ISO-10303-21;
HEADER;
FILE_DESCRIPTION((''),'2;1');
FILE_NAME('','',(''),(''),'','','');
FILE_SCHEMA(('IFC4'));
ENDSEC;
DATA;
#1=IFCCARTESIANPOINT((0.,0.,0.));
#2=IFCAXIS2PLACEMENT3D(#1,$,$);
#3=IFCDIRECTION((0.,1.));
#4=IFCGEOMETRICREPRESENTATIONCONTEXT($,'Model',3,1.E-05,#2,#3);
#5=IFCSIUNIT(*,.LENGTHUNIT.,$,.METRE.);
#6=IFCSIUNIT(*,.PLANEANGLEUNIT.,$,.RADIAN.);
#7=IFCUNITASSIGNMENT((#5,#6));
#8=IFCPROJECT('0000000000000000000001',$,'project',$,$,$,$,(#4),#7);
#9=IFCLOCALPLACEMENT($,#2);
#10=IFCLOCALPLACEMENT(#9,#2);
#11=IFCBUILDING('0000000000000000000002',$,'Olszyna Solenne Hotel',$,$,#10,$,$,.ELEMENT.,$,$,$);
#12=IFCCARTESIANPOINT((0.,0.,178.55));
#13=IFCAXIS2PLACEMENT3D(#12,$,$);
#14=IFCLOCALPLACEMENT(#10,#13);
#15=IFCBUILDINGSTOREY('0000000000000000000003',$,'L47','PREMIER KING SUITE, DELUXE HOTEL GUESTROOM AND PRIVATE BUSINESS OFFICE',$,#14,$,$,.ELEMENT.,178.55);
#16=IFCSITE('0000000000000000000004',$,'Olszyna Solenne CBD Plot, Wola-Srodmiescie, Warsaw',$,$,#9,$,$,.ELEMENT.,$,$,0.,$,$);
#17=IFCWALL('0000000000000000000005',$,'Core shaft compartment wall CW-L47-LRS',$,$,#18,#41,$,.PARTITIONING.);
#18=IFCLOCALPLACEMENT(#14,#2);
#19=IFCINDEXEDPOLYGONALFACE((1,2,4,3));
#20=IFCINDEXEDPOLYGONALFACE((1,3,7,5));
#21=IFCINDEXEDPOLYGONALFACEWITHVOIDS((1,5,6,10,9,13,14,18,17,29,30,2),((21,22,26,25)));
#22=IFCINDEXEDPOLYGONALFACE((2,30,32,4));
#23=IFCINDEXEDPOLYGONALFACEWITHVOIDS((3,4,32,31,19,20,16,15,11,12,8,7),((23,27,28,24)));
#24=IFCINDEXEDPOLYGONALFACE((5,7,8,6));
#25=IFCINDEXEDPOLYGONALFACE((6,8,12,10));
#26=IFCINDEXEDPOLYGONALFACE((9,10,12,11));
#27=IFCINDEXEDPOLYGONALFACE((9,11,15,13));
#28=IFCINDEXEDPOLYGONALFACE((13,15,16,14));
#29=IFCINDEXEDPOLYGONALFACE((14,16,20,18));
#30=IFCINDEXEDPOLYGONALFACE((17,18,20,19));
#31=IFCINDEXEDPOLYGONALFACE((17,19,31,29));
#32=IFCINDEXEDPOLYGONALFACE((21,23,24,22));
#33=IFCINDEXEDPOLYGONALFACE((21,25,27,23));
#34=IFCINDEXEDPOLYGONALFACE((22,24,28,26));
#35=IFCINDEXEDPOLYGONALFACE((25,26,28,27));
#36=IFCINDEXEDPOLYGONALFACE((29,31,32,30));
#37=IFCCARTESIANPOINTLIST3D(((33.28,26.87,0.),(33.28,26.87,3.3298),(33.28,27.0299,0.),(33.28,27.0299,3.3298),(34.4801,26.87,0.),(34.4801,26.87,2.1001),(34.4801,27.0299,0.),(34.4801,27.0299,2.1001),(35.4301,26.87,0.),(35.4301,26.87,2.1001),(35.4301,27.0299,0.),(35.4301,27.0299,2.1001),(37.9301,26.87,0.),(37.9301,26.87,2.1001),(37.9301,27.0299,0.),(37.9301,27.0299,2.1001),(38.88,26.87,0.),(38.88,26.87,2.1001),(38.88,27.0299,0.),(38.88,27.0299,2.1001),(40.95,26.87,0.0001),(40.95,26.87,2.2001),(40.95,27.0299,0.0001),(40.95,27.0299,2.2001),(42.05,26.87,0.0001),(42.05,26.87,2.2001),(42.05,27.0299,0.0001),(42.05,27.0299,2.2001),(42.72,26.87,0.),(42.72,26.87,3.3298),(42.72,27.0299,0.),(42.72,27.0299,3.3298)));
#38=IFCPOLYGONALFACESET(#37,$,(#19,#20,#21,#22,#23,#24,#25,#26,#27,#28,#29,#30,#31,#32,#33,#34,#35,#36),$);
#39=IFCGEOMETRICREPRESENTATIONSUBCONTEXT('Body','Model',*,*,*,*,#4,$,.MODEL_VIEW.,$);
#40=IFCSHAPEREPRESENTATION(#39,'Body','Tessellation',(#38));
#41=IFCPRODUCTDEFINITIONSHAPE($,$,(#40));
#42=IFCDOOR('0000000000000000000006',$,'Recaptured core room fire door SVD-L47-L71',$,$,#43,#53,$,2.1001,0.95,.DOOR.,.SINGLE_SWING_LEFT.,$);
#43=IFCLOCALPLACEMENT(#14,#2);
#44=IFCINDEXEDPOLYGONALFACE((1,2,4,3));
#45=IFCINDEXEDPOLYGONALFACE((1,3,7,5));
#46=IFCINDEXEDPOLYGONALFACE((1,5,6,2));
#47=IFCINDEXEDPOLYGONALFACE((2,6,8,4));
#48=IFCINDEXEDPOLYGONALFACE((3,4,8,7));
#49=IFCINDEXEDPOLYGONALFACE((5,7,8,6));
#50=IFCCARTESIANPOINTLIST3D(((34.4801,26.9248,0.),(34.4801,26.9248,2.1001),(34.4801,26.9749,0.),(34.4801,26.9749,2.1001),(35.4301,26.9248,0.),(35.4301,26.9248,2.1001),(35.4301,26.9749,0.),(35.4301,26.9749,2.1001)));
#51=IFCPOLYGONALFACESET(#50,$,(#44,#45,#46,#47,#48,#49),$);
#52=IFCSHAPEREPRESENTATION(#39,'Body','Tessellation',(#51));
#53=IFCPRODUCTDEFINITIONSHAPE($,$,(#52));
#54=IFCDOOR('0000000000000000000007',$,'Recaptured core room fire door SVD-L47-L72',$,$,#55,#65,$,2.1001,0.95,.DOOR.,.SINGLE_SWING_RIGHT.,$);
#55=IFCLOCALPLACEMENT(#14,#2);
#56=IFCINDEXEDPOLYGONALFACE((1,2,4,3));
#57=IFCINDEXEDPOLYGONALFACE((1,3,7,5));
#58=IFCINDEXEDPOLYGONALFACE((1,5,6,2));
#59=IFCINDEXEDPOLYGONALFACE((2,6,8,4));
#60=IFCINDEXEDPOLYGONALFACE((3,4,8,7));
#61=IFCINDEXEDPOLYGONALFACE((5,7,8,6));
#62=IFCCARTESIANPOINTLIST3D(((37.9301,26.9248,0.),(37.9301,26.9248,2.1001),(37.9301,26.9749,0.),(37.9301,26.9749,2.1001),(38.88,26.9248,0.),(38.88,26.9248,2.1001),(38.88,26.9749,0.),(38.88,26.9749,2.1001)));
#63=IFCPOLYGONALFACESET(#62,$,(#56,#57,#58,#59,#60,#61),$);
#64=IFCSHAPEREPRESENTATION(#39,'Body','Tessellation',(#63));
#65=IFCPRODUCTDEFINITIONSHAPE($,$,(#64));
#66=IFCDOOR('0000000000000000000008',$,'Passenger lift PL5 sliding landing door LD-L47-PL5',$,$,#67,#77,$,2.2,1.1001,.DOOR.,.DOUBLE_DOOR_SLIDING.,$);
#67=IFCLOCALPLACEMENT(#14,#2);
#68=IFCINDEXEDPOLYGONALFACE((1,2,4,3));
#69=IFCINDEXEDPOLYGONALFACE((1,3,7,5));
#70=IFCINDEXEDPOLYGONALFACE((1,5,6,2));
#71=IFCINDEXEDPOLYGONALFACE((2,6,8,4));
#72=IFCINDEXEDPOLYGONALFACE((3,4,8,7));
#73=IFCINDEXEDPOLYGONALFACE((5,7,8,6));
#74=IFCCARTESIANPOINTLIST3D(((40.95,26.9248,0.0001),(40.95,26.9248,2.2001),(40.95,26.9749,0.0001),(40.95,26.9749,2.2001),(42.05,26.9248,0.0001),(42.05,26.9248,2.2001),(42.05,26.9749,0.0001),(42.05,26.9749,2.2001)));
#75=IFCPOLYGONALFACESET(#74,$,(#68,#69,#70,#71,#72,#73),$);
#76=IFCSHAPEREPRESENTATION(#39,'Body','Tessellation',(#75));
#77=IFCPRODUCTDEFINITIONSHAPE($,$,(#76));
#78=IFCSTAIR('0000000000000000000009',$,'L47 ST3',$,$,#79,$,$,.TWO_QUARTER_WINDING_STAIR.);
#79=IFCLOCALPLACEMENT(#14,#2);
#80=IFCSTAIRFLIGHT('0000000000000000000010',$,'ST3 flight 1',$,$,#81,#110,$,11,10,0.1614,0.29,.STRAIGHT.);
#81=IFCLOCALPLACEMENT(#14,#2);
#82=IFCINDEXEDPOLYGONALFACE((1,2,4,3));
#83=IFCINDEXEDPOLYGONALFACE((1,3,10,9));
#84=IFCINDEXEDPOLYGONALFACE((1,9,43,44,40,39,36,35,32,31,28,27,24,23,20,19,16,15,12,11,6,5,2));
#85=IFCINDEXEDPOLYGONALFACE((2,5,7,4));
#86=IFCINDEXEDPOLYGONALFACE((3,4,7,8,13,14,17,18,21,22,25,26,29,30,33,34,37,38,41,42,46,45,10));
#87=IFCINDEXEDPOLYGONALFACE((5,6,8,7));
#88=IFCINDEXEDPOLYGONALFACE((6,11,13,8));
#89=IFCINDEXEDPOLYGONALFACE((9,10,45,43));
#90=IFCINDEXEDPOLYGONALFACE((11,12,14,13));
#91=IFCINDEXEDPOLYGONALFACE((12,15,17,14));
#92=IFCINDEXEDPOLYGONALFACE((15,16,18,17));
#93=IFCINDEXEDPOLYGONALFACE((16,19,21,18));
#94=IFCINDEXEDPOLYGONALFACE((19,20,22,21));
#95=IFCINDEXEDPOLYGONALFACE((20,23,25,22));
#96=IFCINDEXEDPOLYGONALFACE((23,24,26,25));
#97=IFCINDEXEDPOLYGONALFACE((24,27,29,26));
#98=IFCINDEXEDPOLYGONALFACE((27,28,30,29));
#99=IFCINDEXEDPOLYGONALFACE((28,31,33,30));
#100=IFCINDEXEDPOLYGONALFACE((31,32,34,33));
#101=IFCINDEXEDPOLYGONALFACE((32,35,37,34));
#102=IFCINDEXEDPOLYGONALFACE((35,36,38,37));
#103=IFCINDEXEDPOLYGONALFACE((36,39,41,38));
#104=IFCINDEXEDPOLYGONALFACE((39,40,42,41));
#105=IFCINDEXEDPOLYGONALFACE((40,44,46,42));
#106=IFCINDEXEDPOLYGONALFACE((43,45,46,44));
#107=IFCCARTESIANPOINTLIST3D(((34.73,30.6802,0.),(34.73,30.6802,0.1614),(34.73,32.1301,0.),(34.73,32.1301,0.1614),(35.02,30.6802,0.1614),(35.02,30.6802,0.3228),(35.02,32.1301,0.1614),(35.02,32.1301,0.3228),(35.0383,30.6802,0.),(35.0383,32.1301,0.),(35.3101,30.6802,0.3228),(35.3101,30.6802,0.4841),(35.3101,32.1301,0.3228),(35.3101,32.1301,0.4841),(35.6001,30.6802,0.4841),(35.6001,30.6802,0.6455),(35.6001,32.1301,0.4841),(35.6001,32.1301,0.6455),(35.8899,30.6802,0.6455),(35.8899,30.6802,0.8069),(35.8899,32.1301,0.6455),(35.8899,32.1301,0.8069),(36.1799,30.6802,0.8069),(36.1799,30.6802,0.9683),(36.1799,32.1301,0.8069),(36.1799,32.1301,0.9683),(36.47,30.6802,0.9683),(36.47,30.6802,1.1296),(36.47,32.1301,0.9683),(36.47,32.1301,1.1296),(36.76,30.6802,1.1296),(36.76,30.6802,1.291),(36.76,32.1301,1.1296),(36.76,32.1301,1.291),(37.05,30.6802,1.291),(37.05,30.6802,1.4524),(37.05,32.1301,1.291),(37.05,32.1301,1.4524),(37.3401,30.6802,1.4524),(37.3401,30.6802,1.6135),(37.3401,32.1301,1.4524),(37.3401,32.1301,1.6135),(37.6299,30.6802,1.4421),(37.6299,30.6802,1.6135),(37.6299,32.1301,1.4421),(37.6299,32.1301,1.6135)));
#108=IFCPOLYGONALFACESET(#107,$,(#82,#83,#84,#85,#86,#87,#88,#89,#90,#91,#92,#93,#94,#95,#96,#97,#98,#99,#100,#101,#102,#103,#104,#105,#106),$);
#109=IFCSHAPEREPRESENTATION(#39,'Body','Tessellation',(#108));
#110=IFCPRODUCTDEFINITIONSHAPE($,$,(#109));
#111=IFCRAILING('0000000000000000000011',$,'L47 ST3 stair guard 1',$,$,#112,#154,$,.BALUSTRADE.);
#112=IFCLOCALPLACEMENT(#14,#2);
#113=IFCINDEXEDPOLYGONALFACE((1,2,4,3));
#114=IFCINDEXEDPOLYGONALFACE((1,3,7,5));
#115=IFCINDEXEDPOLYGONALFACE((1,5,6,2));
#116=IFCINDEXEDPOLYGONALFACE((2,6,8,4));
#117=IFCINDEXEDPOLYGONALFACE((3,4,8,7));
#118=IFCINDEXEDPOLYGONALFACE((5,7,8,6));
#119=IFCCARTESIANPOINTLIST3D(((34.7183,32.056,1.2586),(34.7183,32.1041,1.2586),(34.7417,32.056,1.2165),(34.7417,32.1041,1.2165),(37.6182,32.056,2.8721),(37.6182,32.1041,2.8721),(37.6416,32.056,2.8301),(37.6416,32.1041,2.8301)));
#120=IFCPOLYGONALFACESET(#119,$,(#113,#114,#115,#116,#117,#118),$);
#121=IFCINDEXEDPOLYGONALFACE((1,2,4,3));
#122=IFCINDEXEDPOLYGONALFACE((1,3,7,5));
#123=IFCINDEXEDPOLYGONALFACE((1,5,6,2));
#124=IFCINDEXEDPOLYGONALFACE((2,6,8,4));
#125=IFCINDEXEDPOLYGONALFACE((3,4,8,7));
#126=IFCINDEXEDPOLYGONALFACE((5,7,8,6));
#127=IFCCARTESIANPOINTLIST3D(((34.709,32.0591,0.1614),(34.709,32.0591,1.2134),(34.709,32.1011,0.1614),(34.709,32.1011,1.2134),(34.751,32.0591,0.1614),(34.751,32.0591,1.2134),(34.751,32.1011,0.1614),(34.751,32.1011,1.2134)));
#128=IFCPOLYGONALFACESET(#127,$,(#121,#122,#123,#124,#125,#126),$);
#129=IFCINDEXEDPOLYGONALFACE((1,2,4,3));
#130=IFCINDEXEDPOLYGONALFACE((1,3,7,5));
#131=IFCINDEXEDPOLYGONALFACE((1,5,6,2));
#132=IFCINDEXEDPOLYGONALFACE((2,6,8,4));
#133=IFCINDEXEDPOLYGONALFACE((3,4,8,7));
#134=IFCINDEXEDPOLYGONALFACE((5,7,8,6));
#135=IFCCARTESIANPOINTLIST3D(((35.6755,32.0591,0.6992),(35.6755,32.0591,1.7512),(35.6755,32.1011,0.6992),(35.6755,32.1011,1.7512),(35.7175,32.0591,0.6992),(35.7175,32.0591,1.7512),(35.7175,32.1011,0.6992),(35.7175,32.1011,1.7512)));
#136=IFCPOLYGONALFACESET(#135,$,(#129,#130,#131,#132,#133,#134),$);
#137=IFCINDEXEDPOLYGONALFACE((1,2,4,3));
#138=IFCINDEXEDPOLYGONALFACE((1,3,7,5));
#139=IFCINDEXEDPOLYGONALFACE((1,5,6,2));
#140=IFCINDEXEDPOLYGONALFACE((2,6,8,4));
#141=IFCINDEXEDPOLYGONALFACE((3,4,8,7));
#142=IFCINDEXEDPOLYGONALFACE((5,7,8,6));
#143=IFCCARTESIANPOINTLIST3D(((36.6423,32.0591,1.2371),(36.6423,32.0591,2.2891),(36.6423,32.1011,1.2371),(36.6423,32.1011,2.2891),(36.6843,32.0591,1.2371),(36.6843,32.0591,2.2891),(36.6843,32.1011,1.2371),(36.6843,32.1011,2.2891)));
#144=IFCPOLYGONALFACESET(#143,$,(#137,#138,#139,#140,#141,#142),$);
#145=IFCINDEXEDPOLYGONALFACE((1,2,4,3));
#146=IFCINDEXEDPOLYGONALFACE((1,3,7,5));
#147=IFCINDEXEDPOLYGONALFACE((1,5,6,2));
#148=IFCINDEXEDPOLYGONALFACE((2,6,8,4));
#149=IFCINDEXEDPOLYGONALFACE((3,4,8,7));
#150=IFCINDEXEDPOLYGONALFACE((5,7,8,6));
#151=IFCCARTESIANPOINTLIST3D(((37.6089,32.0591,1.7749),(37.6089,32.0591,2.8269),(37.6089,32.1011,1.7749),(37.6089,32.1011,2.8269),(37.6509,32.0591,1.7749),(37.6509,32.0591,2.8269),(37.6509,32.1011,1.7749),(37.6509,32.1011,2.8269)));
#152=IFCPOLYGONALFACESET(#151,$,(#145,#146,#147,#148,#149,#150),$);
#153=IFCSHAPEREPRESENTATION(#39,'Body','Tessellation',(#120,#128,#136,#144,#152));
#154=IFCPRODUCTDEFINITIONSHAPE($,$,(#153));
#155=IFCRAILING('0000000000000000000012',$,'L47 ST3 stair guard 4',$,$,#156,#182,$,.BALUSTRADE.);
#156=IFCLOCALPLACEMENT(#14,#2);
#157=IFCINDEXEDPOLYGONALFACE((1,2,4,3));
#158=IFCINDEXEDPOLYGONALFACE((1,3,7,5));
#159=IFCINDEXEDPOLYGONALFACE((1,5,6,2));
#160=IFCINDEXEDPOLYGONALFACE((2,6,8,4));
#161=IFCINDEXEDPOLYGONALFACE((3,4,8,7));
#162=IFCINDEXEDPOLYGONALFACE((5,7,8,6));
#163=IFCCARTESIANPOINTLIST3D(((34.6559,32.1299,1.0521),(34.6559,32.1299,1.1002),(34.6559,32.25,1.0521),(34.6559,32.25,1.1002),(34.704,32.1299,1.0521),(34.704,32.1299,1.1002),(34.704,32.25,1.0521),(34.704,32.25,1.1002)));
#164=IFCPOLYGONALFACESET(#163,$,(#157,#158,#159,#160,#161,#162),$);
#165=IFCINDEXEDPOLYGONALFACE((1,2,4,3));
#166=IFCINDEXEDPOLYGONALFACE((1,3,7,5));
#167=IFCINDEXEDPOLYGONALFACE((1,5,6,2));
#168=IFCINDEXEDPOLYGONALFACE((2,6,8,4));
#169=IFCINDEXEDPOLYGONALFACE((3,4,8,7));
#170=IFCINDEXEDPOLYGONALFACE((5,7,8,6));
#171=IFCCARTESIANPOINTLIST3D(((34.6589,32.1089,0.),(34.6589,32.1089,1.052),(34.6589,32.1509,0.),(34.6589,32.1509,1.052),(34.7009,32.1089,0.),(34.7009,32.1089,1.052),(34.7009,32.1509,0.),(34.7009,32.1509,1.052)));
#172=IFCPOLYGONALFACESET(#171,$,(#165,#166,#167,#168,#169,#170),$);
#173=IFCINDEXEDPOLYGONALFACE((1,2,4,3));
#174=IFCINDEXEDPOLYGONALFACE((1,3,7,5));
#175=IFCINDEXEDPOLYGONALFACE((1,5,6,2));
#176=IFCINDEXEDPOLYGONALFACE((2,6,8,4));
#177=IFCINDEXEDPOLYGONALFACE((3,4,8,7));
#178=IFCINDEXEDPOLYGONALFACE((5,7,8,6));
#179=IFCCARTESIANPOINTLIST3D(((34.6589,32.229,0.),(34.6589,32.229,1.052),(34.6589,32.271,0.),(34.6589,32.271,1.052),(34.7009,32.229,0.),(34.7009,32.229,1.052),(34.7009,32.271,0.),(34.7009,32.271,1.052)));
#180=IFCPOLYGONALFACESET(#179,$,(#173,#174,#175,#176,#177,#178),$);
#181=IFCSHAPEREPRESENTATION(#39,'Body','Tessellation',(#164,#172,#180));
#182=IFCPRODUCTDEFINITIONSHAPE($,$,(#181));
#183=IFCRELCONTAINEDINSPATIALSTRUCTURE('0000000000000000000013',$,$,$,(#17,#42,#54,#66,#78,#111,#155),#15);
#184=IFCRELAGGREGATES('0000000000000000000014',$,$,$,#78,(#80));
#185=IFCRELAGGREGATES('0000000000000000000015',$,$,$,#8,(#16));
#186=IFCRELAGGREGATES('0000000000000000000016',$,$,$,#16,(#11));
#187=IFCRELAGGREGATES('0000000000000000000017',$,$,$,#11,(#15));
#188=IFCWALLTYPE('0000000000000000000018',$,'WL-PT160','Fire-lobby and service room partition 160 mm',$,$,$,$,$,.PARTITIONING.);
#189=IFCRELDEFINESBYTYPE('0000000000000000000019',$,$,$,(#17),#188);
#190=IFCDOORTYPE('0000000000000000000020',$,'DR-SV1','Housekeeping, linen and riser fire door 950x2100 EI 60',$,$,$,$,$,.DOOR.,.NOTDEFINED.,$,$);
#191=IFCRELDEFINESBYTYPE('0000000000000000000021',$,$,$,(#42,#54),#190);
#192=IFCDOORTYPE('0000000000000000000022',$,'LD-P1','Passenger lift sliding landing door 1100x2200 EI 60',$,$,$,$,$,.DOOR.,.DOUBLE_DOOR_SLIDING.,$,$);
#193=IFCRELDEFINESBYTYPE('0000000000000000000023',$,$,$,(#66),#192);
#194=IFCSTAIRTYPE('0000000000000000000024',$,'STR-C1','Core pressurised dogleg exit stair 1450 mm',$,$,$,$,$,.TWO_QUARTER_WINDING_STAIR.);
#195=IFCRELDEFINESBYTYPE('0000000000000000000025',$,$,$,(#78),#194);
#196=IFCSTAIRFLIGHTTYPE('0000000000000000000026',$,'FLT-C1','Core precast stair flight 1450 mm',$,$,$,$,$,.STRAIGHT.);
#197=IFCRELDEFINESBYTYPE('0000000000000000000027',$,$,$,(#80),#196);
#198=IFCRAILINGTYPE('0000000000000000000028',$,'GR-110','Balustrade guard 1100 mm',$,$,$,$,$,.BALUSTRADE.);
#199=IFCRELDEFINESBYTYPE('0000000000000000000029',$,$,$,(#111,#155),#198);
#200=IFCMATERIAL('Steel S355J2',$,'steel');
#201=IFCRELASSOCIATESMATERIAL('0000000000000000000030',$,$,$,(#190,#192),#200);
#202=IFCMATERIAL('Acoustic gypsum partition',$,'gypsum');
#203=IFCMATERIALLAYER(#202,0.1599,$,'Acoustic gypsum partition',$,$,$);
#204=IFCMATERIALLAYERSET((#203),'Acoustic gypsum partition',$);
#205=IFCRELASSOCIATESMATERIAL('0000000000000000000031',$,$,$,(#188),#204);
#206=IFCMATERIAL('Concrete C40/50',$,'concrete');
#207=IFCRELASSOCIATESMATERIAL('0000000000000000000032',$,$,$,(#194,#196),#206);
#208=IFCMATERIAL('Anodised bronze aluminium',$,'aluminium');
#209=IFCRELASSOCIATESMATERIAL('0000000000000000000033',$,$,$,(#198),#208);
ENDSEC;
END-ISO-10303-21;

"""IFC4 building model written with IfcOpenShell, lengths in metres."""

from ifc_helpers import new_model, si_unit, direction, frame, frame_2d, origin, origin_2d, place, context, subcontext, project, spatial, polyline, rectangle, outline, extrude, source, transform, mapped, material, layer, layer_set, type_object, type_shapes, element, fill, aggregate, save


model = new_model("IFC4")

# Units and contexts
model_context = context("Model", 3, precision=1e-05, world=origin(), true_north=direction((0.0, 1.0)))
body_context = subcontext(model_context, "Body", "Model", "MODEL_VIEW")
ifc_project = project(units=[si_unit("LENGTHUNIT", "METRE"), si_unit("PLANEANGLEUNIT", "RADIAN")], contexts=[model_context])

# Site, building, storey
site_placement = place(None, origin())
site = spatial("IfcSite", under=ifc_project, at=site_placement, Name="Olszyna Solenne CBD Plot, Wola-Srodmiescie, Warsaw", CompositionType="ELEMENT", RefElevation=0.0)
building_placement = place(site_placement, origin())
building = spatial("IfcBuilding", under=site, at=building_placement, Name="Olszyna Solenne Hotel", CompositionType="ELEMENT")
storey_placement = place(building_placement, frame((0.0, 0.0, 178.55)))
storey = spatial("IfcBuildingStorey", under=building, at=storey_placement, Name="L47", Description="PREMIER KING SUITE, DELUXE HOTEL GUESTROOM AND PRIVATE BUSINESS OFFICE", CompositionType="ELEMENT", Elevation=178.55)

# Shared definitions
ifc_material_1 = material(Name="Steel S355J2", Category="steel")
door_type_1 = type_object("IfcDoorType", Name="DR-SV1", Description="Housekeeping, linen and riser fire door 950x2100 EI 60", OperationType="NOTDEFINED", PredefinedType="DOOR", material=ifc_material_1)
shared_shape_1 = source(origin(), body_context, "Body", "SweptSolid", [
    extrude(rectangle(XDim=0.95, YDim=2.1001, at=frame_2d((0.4751, 1.05))), frame((0.0, 0.0249, 0.0), z_axis=(0.0, -1.0, 0.0), x_axis=(1.0, 0.0, 0.0)), (0.0, 0.0, 1.0), 0.05),
])
type_shapes(door_type_1, [shared_shape_1])

# Shared definitions
ifc_material_2 = material(Name="Acoustic gypsum partition", Category="gypsum")
ifc_layer_1 = layer(ifc_material_2, 0.1599, Name="Acoustic gypsum partition")
ifc_layer_set_1 = layer_set([ifc_layer_1], Name="Acoustic gypsum partition")
wall_type_1 = type_object("IfcWallType", Name="WL-PT160", Description="Fire-lobby and service room partition 160 mm", PredefinedType="PARTITIONING", material=ifc_layer_set_1)

# Wall, openings, doors
wall_1_placement = place(storey_placement, frame((33.28, 26.95, 0.0), z_axis=(0.0, 0.0, 1.0), x_axis=(1.0, 0.0, 0.0)))
wall_1 = element("IfcWall", 1, at=wall_1_placement, inside=storey, type_object=wall_type_1, Name="Core shaft compartment wall CW-L47-LRS", PredefinedType="PARTITIONING", context=body_context, shape_type="SweptSolid", body=[
    extrude(rectangle(XDim=9.4399, YDim=0.1599, at=frame_2d((4.72, 0.0))), origin(), (0.0, 0.0, 1.0), 3.3298),
])
opening_1_placement = place(wall_1_placement, frame((1.2, 0.0, 0.0)))
opening_1 = element("IfcOpeningElement", 2, at=opening_1_placement, cuts=wall_1, PredefinedType="OPENING", context=body_context, shape_type="SweptSolid", body=[
    extrude(rectangle(XDim=0.95, YDim=2.1001, at=frame_2d((0.4751, 1.05))), frame((0.0, 0.0898, 0.0), z_axis=(0.0, -1.0, 0.0), x_axis=(1.0, 0.0, 0.0)), (0.0, 0.0, 1.0), 0.1799),
])
opening_2_placement = place(wall_1_placement, frame((4.6499, 0.0, 0.0)))
opening_2 = element("IfcOpeningElement", 3, at=opening_2_placement, cuts=wall_1, PredefinedType="OPENING", context=body_context, shape_type="SweptSolid", body=[
    extrude(rectangle(XDim=0.95, YDim=2.1001, at=frame_2d((0.4751, 1.05))), frame((0.0, 0.0898, 0.0), z_axis=(0.0, -1.0, 0.0), x_axis=(1.0, 0.0, 0.0)), (0.0, 0.0, 1.0), 0.1799),
])
opening_3_placement = place(wall_1_placement, frame((7.6699, 0.0, 0.0)))
opening_3 = element("IfcOpeningElement", 4, at=opening_3_placement, cuts=wall_1, PredefinedType="OPENING", context=body_context, shape_type="SweptSolid", body=[
    extrude(rectangle(XDim=1.1001, YDim=2.2, at=frame_2d((0.55, 1.1001))), frame((0.0, 0.0898, 0.0), z_axis=(0.0, -1.0, 0.0), x_axis=(1.0, 0.0, 0.0)), (0.0, 0.0, 1.0), 0.1799),
])
door_1_placement = place(opening_1_placement, origin())
door_1 = element("IfcDoor", 5, at=door_1_placement, inside=storey, type_object=door_type_1, Name="Recaptured core room fire door SVD-L47-L71", OperationType="SINGLE_SWING_LEFT", OverallHeight=2.1001, OverallWidth=0.95, PredefinedType="DOOR", context=body_context, shape_type="MappedRepresentation", body=[
    mapped(shared_shape_1, transform((0.0, 0.0, 0.0), x_axis=(1.0, 0.0, 0.0), y_axis=(0.0, 1.0, 0.0), z_axis=(0.0, 0.0, 1.0), scale=1.0)),
])
fill(opening_1, door_1)
door_2_placement = place(opening_2_placement, origin())
door_2 = element("IfcDoor", 6, at=door_2_placement, inside=storey, type_object=door_type_1, Name="Recaptured core room fire door SVD-L47-L72", OperationType="SINGLE_SWING_RIGHT", OverallHeight=2.1001, OverallWidth=0.95, PredefinedType="DOOR", context=body_context, shape_type="MappedRepresentation", body=[
    mapped(shared_shape_1, transform((0.0, 0.0, 0.0), x_axis=(1.0, 0.0, 0.0), y_axis=(0.0, 1.0, 0.0), z_axis=(0.0, 0.0, 1.0), scale=1.0)),
])
fill(opening_2, door_2)
door_type_2 = type_object("IfcDoorType", Name="LD-P1", Description="Passenger lift sliding landing door 1100x2200 EI 60", OperationType="DOUBLE_DOOR_SLIDING", PredefinedType="DOOR", material=ifc_material_1)
shared_shape_2 = source(origin(), body_context, "Body", "SweptSolid", [
    extrude(rectangle(XDim=1.1001, YDim=2.2, at=frame_2d((0.55, 1.1001))), frame((0.0, 0.0249, 0.0), z_axis=(0.0, -1.0, 0.0), x_axis=(1.0, 0.0, 0.0)), (0.0, 0.0, 1.0), 0.05),
])
type_shapes(door_type_2, [shared_shape_2])
door_3_placement = place(opening_3_placement, origin())
door_3 = element("IfcDoor", 7, at=door_3_placement, inside=storey, type_object=door_type_2, Name="Passenger lift PL5 sliding landing door LD-L47-PL5", OperationType="DOUBLE_DOOR_SLIDING", OverallHeight=2.2, OverallWidth=1.1001, PredefinedType="DOOR", context=body_context, shape_type="MappedRepresentation", body=[
    mapped(shared_shape_2, transform((0.0, 0.0, 0.0), x_axis=(1.0, 0.0, 0.0), y_axis=(0.0, 1.0, 0.0), z_axis=(0.0, 0.0, 1.0), scale=1.0)),
])
fill(opening_3, door_3)

# Stair, stair flight
ifc_material_3 = material(Name="Concrete C40/50", Category="concrete")
stair_type = type_object("IfcStairType", Name="STR-C1", Description="Core pressurised dogleg exit stair 1450 mm", PredefinedType="TWO_QUARTER_WINDING_STAIR", material=ifc_material_3)
stair_placement = place(storey_placement, origin())
stair = element("IfcStair", 8, at=stair_placement, inside=storey, type_object=stair_type, Name="L47 ST3", PredefinedType="TWO_QUARTER_WINDING_STAIR")
stair_flight_type = type_object("IfcStairFlightType", Name="FLT-C1", Description="Core precast stair flight 1450 mm", PredefinedType="STRAIGHT", material=ifc_material_3)
stair_flight_placement = place(storey_placement, frame((34.73, 31.405, 0.0), z_axis=(0.0, 0.0, 1.0), x_axis=(1.0, 0.0, 0.0)))
stair_flight = element("IfcStairFlight", 9, at=stair_flight_placement, type_object=stair_flight_type, Name="ST3 flight 1", NumberOfRisers=11, NumberOfTreads=10, PredefinedType="STRAIGHT", RiserHeight=0.1614, TreadLength=0.29, context=body_context, shape_type="SweptSolid", body=[
    extrude(outline(polyline([(0.0, 0.0), (0.0, 0.1614), (0.29, 0.1614), (0.29, 0.3228), (0.5801, 0.3228), (0.5801, 0.4841), (0.8701, 0.4841), (0.8701, 0.6455), (1.1599, 0.6455), (1.1599, 0.8069), (1.45, 0.8069), (1.45, 0.9683), (1.74, 0.9683), (1.74, 1.1296), (2.03, 1.1296), (2.03, 1.291), (2.3201, 1.291), (2.3201, 1.4524), (2.6101, 1.4524), (2.6101, 1.6135), (2.8999, 1.6135), (2.8999, 1.7749), (2.8999, 1.4421), (0.3083, 0.0), (0.0, 0.0)])), frame((0.0, 0.7251, 0.0), z_axis=(0.0, -1.0, 0.0), x_axis=(1.0, 0.0, 0.0)), (0.0, 0.0, 1.0), 1.45),
])
aggregate(stair, [stair_flight])

# Railings
ifc_material_4 = material(Name="Anodised bronze aluminium", Category="aluminium")
railing_type_1 = type_object("IfcRailingType", Name="GR-110", Description="Balustrade guard 1100 mm", PredefinedType="BALUSTRADE", material=ifc_material_4)
railing_1_placement = place(storey_placement, frame((34.73, 32.0801, 0.1614)))
element("IfcRailing", 10, at=railing_1_placement, inside=storey, type_object=railing_type_1, Name="L47 ST3 stair guard 1", PredefinedType="BALUSTRADE", context=body_context, shape_type="SweptSolid", body=[
    extrude(rectangle(XDim=0.0481, YDim=0.0481, at=origin_2d()), frame((0.0, 0.0, 1.0762), z_axis=(0.873841, 0.0, 0.486211), x_axis=(0.0, 1.0, 0.0)), (0.0, 0.0, 1.0), 3.3186),
    extrude(rectangle(XDim=0.042, YDim=0.042, at=origin_2d()), origin(), (0.0, 0.0, 1.0), 1.052),
    extrude(rectangle(XDim=0.042, YDim=0.042, at=origin_2d()), frame((0.9666, 0.0, 0.5378)), (0.0, 0.0, 1.0), 1.052),
    extrude(rectangle(XDim=0.042, YDim=0.042, at=origin_2d()), frame((1.9333, 0.0, 1.0757)), (0.0, 0.0, 1.0), 1.052),
    extrude(rectangle(XDim=0.042, YDim=0.042, at=origin_2d()), frame((2.8999, 0.0, 1.6135)), (0.0, 0.0, 1.0), 1.052),
])
railing_2_placement = place(storey_placement, frame((34.6799, 32.1299, 0.0)))
element("IfcRailing", 11, at=railing_2_placement, inside=storey, type_object=railing_type_1, Name="L47 ST3 stair guard 4", PredefinedType="BALUSTRADE", context=body_context, shape_type="SweptSolid", body=[
    extrude(rectangle(XDim=0.0481, YDim=0.0481, at=origin_2d()), frame((0.0, 0.0, 1.0762), z_axis=(0.0, 1.0, 0.0), x_axis=(-1.0, 0.0, 0.0)), (0.0, 0.0, 1.0), 0.1201),
    extrude(rectangle(XDim=0.042, YDim=0.042, at=origin_2d()), origin(), (0.0, 0.0, 1.0), 1.052),
    extrude(rectangle(XDim=0.042, YDim=0.042, at=origin_2d()), frame((0.0, 0.1201, 0.0)), (0.0, 0.0, 1.0), 1.052),
])

save(model, "model.ifc")
